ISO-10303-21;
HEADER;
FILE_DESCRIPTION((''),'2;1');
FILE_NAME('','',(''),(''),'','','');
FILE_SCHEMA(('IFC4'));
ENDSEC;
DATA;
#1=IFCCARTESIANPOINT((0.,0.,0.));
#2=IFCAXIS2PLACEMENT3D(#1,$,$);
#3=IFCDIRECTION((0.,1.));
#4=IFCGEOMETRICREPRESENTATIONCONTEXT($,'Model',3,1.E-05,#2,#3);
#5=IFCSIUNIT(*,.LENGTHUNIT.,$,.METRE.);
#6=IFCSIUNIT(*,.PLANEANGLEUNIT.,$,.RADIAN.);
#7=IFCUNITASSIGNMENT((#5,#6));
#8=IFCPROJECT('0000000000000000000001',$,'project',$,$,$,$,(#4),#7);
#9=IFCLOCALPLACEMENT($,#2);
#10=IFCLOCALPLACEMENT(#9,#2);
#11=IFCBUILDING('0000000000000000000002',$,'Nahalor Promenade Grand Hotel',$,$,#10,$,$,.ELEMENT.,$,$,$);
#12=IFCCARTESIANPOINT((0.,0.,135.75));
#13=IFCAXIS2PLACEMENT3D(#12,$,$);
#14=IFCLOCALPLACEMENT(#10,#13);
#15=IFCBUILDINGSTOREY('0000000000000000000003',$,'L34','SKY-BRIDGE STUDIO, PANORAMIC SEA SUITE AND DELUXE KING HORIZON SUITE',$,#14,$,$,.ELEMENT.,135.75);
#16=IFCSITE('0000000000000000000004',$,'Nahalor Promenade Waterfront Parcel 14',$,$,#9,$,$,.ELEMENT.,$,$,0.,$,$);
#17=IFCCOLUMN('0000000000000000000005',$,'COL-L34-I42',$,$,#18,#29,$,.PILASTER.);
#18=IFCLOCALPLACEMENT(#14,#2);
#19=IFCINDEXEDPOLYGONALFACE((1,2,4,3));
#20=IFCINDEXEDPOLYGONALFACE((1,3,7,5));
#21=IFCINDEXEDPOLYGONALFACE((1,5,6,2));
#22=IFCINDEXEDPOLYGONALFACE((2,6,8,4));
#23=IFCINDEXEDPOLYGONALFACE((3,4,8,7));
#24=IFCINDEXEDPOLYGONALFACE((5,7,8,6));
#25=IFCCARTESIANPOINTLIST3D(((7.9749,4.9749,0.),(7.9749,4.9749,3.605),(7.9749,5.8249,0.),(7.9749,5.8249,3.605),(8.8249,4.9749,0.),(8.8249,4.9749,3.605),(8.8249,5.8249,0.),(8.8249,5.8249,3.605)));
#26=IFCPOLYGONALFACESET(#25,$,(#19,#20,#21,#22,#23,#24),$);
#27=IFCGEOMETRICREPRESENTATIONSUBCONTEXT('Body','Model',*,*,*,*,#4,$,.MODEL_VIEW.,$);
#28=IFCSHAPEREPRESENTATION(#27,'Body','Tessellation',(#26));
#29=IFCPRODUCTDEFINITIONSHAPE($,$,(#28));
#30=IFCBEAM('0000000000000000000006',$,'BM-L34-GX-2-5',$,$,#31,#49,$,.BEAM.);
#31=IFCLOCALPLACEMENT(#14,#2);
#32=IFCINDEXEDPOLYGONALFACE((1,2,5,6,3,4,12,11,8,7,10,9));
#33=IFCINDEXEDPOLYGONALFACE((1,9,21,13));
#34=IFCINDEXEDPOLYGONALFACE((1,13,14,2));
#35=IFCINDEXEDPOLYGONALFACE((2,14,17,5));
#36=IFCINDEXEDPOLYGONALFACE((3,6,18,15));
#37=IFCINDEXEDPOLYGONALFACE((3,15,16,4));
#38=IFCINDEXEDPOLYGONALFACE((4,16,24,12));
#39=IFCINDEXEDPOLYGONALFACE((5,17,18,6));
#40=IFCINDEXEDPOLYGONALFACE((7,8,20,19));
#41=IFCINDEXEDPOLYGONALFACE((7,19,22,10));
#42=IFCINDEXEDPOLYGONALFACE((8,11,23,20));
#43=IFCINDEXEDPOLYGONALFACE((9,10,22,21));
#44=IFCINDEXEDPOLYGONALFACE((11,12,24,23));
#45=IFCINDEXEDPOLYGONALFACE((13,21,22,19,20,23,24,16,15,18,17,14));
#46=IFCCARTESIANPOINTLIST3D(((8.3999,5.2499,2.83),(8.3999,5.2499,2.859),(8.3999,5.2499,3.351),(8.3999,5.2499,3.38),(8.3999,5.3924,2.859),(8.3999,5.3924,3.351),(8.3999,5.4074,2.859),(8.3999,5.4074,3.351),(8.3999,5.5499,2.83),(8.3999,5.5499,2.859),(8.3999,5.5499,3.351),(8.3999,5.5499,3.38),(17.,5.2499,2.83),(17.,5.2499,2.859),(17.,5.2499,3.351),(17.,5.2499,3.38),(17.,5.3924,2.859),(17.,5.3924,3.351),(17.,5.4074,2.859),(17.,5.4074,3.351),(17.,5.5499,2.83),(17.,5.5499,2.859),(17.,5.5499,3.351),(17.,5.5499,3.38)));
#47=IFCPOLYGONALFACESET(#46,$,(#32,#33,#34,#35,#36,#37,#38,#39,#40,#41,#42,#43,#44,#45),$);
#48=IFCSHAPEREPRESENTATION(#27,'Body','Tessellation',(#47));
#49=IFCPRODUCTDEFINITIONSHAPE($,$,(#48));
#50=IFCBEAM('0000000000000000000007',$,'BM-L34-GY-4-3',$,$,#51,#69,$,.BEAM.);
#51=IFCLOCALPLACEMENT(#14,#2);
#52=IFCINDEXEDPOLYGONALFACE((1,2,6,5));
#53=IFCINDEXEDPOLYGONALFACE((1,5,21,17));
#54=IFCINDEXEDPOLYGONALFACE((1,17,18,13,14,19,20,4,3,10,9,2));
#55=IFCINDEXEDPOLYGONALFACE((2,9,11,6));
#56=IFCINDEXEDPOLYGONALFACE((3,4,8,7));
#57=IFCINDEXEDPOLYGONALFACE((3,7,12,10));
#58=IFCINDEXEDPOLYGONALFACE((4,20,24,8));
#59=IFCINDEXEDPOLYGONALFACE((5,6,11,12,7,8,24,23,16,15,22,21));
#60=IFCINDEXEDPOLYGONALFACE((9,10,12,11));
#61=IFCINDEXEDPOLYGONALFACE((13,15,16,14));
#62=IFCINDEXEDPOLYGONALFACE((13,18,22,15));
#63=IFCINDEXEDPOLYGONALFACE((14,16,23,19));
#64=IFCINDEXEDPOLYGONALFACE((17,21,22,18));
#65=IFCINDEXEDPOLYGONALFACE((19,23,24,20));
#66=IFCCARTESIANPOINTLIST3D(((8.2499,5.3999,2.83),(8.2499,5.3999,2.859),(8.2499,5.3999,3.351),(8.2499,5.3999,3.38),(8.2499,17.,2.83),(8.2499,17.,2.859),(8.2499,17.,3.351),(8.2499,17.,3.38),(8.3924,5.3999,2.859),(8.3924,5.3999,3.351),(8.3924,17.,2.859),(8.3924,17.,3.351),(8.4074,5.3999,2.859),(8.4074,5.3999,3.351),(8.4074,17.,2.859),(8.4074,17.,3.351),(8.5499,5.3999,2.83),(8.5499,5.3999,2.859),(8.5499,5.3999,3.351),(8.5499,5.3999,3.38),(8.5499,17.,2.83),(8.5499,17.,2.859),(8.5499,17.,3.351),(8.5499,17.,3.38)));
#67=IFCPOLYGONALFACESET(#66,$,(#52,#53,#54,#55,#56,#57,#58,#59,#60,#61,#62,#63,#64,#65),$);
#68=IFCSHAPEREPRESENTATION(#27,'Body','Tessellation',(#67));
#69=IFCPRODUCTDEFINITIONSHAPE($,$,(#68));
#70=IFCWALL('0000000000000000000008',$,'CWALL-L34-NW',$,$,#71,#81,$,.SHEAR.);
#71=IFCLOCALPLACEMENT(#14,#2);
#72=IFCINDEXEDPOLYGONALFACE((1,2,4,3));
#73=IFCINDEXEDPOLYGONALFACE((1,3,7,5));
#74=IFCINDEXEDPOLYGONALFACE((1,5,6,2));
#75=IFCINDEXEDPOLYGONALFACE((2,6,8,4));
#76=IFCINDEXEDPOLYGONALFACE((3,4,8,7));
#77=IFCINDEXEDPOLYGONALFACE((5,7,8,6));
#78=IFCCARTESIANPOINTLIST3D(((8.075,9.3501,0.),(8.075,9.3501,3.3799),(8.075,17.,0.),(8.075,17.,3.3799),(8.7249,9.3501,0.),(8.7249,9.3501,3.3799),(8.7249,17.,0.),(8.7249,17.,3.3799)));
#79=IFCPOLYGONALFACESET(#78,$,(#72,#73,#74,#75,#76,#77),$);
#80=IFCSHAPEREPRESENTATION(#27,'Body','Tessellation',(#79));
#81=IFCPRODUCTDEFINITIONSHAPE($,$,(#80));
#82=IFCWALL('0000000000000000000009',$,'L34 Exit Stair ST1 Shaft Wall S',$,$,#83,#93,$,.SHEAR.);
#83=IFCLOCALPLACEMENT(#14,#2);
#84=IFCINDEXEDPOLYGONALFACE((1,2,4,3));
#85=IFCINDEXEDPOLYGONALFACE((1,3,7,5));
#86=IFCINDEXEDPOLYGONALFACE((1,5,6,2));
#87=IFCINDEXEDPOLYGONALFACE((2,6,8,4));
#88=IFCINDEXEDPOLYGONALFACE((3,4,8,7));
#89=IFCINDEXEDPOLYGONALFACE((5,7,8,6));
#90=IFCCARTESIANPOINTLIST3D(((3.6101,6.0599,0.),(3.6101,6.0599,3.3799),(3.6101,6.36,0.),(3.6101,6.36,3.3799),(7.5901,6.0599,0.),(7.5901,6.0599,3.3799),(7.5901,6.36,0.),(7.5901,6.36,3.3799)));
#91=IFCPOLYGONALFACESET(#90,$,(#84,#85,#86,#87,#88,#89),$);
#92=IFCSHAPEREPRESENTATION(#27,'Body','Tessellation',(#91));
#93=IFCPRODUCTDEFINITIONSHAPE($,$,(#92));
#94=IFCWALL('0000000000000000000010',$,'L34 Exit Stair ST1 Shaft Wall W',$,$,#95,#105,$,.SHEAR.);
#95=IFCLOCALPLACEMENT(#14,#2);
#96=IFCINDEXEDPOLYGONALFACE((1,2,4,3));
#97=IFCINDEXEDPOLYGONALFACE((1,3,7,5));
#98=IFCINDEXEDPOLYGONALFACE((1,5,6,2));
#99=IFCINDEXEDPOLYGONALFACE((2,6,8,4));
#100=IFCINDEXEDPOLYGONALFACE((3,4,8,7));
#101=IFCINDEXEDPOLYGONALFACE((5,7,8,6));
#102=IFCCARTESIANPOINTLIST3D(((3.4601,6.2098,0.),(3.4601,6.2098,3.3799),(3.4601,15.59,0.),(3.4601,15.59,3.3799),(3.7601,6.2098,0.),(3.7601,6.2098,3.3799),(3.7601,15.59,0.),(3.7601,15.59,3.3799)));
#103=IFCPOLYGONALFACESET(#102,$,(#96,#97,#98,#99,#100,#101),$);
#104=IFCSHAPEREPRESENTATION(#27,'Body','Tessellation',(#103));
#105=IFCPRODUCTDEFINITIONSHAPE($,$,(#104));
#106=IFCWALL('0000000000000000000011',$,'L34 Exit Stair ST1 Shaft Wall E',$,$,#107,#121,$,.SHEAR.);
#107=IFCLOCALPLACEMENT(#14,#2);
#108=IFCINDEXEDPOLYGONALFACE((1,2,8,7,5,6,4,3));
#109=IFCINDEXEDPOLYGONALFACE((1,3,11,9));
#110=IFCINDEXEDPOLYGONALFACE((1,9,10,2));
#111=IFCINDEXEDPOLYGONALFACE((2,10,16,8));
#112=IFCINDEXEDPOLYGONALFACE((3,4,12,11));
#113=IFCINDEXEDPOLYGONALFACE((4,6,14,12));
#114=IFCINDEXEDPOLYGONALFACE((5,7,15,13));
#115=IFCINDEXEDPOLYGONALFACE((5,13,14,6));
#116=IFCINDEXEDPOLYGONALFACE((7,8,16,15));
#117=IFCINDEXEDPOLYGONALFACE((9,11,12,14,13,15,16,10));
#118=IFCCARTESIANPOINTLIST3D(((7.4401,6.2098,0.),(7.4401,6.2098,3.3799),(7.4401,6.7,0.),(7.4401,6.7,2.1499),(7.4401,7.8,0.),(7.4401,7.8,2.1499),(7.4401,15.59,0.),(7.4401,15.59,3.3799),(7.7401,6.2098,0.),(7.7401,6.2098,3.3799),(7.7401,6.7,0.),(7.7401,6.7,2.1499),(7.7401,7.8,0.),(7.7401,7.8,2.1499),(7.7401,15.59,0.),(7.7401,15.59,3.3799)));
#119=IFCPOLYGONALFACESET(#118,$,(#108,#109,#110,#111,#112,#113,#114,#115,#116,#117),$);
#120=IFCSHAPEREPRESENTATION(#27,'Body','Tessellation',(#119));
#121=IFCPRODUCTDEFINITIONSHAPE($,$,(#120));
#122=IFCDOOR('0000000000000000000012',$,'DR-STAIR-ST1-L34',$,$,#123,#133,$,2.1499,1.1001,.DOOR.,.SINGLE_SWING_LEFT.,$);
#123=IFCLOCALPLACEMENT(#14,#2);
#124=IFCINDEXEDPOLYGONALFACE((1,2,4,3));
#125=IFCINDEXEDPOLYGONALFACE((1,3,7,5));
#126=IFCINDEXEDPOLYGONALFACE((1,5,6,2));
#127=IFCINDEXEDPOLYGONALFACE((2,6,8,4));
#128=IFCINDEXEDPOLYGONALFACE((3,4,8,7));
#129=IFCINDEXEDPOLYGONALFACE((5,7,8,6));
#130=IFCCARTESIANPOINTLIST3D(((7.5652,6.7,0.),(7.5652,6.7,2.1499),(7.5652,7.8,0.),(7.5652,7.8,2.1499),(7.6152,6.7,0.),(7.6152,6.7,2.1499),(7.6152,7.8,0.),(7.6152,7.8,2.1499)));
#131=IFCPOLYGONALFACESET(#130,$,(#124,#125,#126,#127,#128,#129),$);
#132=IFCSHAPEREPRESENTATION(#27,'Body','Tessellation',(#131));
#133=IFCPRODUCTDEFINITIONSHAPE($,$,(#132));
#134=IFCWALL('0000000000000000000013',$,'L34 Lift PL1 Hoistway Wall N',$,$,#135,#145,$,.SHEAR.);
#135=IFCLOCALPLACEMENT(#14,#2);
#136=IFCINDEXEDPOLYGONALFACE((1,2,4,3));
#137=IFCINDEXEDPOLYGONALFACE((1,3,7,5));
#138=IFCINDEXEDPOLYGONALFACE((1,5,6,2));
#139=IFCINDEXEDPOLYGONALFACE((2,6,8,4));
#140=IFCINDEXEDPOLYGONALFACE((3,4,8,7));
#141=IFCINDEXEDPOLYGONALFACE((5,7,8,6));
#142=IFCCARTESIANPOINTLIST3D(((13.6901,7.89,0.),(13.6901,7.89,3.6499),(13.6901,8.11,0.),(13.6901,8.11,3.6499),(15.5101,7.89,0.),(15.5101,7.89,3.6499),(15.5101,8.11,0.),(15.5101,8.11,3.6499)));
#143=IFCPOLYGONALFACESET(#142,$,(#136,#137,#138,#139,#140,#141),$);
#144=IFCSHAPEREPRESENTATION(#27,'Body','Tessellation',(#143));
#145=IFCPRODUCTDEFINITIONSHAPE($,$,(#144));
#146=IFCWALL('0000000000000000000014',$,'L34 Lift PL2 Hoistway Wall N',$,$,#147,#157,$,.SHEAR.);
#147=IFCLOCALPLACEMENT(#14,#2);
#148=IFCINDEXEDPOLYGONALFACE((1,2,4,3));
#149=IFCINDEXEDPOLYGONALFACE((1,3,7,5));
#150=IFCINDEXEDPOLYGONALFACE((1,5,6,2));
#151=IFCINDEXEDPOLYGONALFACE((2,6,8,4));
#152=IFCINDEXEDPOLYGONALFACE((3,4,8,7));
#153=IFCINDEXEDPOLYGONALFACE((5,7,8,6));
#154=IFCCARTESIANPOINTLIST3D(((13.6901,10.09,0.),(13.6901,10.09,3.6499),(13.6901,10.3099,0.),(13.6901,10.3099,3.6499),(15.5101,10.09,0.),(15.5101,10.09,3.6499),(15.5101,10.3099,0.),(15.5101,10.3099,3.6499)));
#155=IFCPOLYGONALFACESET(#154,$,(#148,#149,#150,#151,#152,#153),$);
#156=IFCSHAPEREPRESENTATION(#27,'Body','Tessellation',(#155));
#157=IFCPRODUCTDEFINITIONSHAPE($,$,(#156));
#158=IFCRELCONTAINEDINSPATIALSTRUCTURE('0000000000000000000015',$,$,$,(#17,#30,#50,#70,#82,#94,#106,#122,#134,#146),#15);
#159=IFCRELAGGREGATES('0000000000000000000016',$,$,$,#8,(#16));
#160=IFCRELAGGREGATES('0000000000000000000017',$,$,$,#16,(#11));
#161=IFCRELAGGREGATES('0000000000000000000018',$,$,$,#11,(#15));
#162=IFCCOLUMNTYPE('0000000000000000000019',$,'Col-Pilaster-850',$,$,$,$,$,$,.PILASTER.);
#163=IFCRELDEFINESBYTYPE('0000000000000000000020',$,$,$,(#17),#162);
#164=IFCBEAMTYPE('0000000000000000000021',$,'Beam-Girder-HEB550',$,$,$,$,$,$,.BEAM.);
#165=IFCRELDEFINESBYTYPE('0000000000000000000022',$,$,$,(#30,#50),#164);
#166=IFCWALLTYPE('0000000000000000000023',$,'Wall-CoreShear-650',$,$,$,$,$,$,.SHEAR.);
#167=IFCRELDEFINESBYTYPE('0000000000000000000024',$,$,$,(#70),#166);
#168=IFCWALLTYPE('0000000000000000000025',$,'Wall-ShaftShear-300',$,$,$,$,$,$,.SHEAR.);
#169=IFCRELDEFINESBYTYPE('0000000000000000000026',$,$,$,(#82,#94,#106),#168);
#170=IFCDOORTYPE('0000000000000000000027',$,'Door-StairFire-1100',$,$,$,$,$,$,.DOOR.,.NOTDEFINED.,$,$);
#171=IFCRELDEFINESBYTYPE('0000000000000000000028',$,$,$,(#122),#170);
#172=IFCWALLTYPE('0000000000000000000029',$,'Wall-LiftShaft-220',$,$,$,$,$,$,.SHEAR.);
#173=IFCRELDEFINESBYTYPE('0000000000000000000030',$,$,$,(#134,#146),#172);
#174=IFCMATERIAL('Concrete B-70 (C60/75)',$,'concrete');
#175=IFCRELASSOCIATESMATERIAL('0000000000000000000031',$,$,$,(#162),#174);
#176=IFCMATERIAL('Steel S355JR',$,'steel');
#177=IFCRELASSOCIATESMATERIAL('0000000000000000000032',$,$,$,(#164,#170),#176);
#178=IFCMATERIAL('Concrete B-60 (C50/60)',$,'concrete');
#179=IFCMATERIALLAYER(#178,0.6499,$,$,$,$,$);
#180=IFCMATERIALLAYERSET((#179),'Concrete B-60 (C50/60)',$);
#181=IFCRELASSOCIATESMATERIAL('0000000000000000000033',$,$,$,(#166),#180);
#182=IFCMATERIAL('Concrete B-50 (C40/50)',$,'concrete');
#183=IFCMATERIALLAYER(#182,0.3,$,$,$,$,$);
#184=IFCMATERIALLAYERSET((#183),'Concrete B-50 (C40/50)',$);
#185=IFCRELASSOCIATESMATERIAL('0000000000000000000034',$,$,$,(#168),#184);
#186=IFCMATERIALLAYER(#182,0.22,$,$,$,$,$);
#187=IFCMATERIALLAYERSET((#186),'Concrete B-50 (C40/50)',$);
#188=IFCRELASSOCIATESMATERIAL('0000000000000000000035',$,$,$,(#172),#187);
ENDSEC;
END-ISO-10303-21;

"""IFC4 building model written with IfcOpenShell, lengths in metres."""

from ifc_helpers import new_model, si_unit, direction, frame, frame_2d, origin, origin_2d, place, context, subcontext, project, spatial, rectangle, i_section, extrude, source, transform, mapped, material, layer, layer_set, material_profile, profile_set, type_object, element, fill, save


model = new_model("IFC4")

# Units and contexts
model_context = context("Model", 3, precision=1e-05, world=origin(), true_north=direction((0.0, 1.0)))
body_context = subcontext(model_context, "Body", "Model", "MODEL_VIEW")
ifc_project = project(units=[si_unit("LENGTHUNIT", "METRE"), si_unit("PLANEANGLEUNIT", "RADIAN")], contexts=[model_context])

# Site, building, storey
site_placement = place(None, origin())
site = spatial("IfcSite", under=ifc_project, at=site_placement, Name="Nahalor Promenade Waterfront Parcel 14", CompositionType="ELEMENT", RefElevation=0.0)
building_placement = place(site_placement, origin())
building = spatial("IfcBuilding", under=site, at=building_placement, Name="Nahalor Promenade Grand Hotel", CompositionType="ELEMENT")
storey_placement = place(building_placement, frame((0.0, 0.0, 135.75)))
storey = spatial("IfcBuildingStorey", under=building, at=storey_placement, Name="L34", Description="SKY-BRIDGE STUDIO, PANORAMIC SEA SUITE AND DELUXE KING HORIZON SUITE", CompositionType="ELEMENT", Elevation=135.75)

# Column
ifc_material_1 = material(Name="Concrete B-70 (C60/75)", Category="concrete")
ifc_material_profile_1 = material_profile(ifc_material_1, rectangle(XDim=0.85, YDim=0.85, at=origin_2d()), Name="RC 850x850")
ifc_profile_set_1 = profile_set([ifc_material_profile_1], Name="Concrete B-70 (C60/75)")
column_type = type_object("IfcColumnType", Name="Col-Pilaster-850", PredefinedType="PILASTER", material=ifc_profile_set_1)
shared_shape_1 = source(origin(), body_context, "Body", "SweptSolid", [
    extrude(rectangle(XDim=0.85, YDim=0.85, at=origin_2d()), origin(), (0.0, 0.0, 1.0), 3.605),
])
column_placement = place(storey_placement, frame((8.3999, 5.3999, 0.0), z_axis=(0.0, 0.0, 1.0), x_axis=(1.0, 0.0, 0.0)))
element("IfcColumn", 1, at=column_placement, inside=storey, type_object=column_type, Name="COL-L34-I42", PredefinedType="PILASTER", context=body_context, shape_type="MappedRepresentation", body=[
    mapped(shared_shape_1, transform((0.0, 0.0, 0.0), scale=1.0)),
])

# Beams
ifc_material_2 = material(Name="Steel S355JR", Category="steel")
ifc_material_profile_2 = material_profile(ifc_material_2, i_section(OverallWidth=0.3, OverallDepth=0.55, WebThickness=0.015, FlangeThickness=0.029, at=origin_2d()), Name="HEB 550")
ifc_profile_set_2 = profile_set([ifc_material_profile_2], Name="Steel S355JR")
beam_type = type_object("IfcBeamType", Name="Beam-Girder-HEB550", PredefinedType="BEAM", material=ifc_profile_set_2)
shared_shape_2 = source(origin(), body_context, "Body", "SweptSolid", [
    extrude(i_section(OverallWidth=0.3, OverallDepth=0.55, WebThickness=0.015, FlangeThickness=0.029, at=origin_2d()), origin(), (0.0, 0.0, 1.0), 8.6001),
])
beam_1_placement = place(storey_placement, frame((8.3999, 5.3999, 3.105), z_axis=(1.0, 0.0, 0.0), x_axis=(0.0, 1.0, 0.0)))
element("IfcBeam", 2, at=beam_1_placement, inside=storey, type_object=beam_type, Name="BM-L34-GX-2-5", PredefinedType="BEAM", context=body_context, shape_type="MappedRepresentation", body=[
    mapped(shared_shape_2, transform((0.0, 0.0, 0.0), scale=1.0)),
])
shared_shape_3 = source(origin(), body_context, "Body", "SweptSolid", [
    extrude(i_section(OverallWidth=0.3, OverallDepth=0.55, WebThickness=0.015, FlangeThickness=0.029, at=origin_2d()), origin(), (0.0, 0.0, 1.0), 11.6001),
])
beam_2_placement = place(storey_placement, frame((8.3999, 5.3999, 3.105), z_axis=(0.0, 1.0, 0.0), x_axis=(-1.0, 0.0, 0.0)))
element("IfcBeam", 3, at=beam_2_placement, inside=storey, type_object=beam_type, Name="BM-L34-GY-4-3", PredefinedType="BEAM", context=body_context, shape_type="MappedRepresentation", body=[
    mapped(shared_shape_3, transform((0.0, 0.0, 0.0), scale=1.0)),
])

# Walls
ifc_material_3 = material(Name="Concrete B-60 (C50/60)", Category="concrete")
ifc_layer_1 = layer(ifc_material_3, 0.6499)
ifc_layer_set_1 = layer_set([ifc_layer_1], Name="Concrete B-60 (C50/60)")
wall_type_1 = type_object("IfcWallType", Name="Wall-CoreShear-650", PredefinedType="SHEAR", material=ifc_layer_set_1)
shared_shape_4 = source(origin(), body_context, "Body", "SweptSolid", [
    extrude(rectangle(XDim=7.6499, YDim=0.6499, at=frame_2d((3.825, 0.0))), origin(), (0.0, 0.0, 1.0), 3.3799),
])
wall_1_placement = place(storey_placement, frame((8.3999, 9.3501, 0.0), z_axis=(0.0, 0.0, 1.0), x_axis=(0.0, 1.0, 0.0)))
element("IfcWall", 4, at=wall_1_placement, inside=storey, type_object=wall_type_1, Name="CWALL-L34-NW", PredefinedType="SHEAR", context=body_context, shape_type="MappedRepresentation", body=[
    mapped(shared_shape_4, transform((0.0, 0.0, 0.0), scale=1.0)),
])
ifc_material_4 = material(Name="Concrete B-50 (C40/50)", Category="concrete")
ifc_layer_2 = layer(ifc_material_4, 0.3)
ifc_layer_set_2 = layer_set([ifc_layer_2], Name="Concrete B-50 (C40/50)")
wall_type_2 = type_object("IfcWallType", Name="Wall-ShaftShear-300", PredefinedType="SHEAR", material=ifc_layer_set_2)
shared_shape_5 = source(origin(), body_context, "Body", "SweptSolid", [
    extrude(rectangle(XDim=3.98, YDim=0.3, at=frame_2d((1.99, 0.0))), origin(), (0.0, 0.0, 1.0), 3.3799),
])
wall_2_placement = place(storey_placement, frame((3.6101, 6.21, 0.0), z_axis=(0.0, 0.0, 1.0), x_axis=(1.0, 0.0, 0.0)))
element("IfcWall", 5, at=wall_2_placement, inside=storey, type_object=wall_type_2, Name="L34 Exit Stair ST1 Shaft Wall S", PredefinedType="SHEAR", context=body_context, shape_type="MappedRepresentation", body=[
    mapped(shared_shape_5, transform((0.0, 0.0, 0.0), scale=1.0)),
])
shared_shape_6 = source(origin(), body_context, "Body", "SweptSolid", [
    extrude(rectangle(XDim=9.3801, YDim=0.3, at=frame_2d((4.6899, 0.0))), origin(), (0.0, 0.0, 1.0), 3.3799),
])
wall_3_placement = place(storey_placement, frame((3.6101, 6.21, 0.0), z_axis=(0.0, 0.0, 1.0), x_axis=(0.0, 1.0, 0.0)))
element("IfcWall", 6, at=wall_3_placement, inside=storey, type_object=wall_type_2, Name="L34 Exit Stair ST1 Shaft Wall W", PredefinedType="SHEAR", context=body_context, shape_type="MappedRepresentation", body=[
    mapped(shared_shape_6, transform((0.0, 0.0, 0.0), scale=1.0)),
])

# Wall, opening, door
wall_4_placement = place(storey_placement, frame((7.5901, 6.21, 0.0), z_axis=(0.0, 0.0, 1.0), x_axis=(0.0, 1.0, 0.0)))
wall_4 = element("IfcWall", 7, at=wall_4_placement, inside=storey, type_object=wall_type_2, Name="L34 Exit Stair ST1 Shaft Wall E", PredefinedType="SHEAR", context=body_context, shape_type="MappedRepresentation", body=[
    mapped(shared_shape_6, transform((0.0, 0.0, 0.0), scale=1.0)),
])
opening_1_placement = place(wall_4_placement, frame((0.49, 0.0, 0.0)))
opening_1 = element("IfcOpeningElement", 8, at=opening_1_placement, cuts=wall_4, PredefinedType="OPENING", context=body_context, shape_type="SweptSolid", body=[
    extrude(rectangle(XDim=1.1001, YDim=2.1499, at=frame_2d((0.55, 1.075))), frame((0.0, 0.1599, 0.0), z_axis=(0.0, -1.0, 0.0), x_axis=(1.0, 0.0, 0.0)), (0.0, 0.0, 1.0), 0.3201),
])
door_type_1 = type_object("IfcDoorType", Name="Door-StairFire-1100", OperationType="NOTDEFINED", PredefinedType="DOOR", material=ifc_material_2)
shared_shape_7 = source(origin(), body_context, "Body", "SweptSolid", [
    extrude(rectangle(XDim=1.1001, YDim=2.1499, at=frame_2d((0.55, 1.075))), frame((0.0, 0.0249, 0.0), z_axis=(0.0, -1.0, 0.0), x_axis=(1.0, 0.0, 0.0)), (0.0, 0.0, 1.0), 0.05),
])
door_1_placement = place(opening_1_placement, origin())
door_1 = element("IfcDoor", 9, at=door_1_placement, inside=storey, type_object=door_type_1, Name="DR-STAIR-ST1-L34", OperationType="SINGLE_SWING_LEFT", OverallHeight=2.1499, OverallWidth=1.1001, PredefinedType="DOOR", context=body_context, shape_type="MappedRepresentation", body=[
    mapped(shared_shape_7, transform((0.0, 0.0, 0.0), scale=1.0)),
])
fill(opening_1, door_1)

# Walls
ifc_layer_3 = layer(ifc_material_4, 0.22)
ifc_layer_set_3 = layer_set([ifc_layer_3], Name="Concrete B-50 (C40/50)")
wall_type_3 = type_object("IfcWallType", Name="Wall-LiftShaft-220", PredefinedType="SHEAR", material=ifc_layer_set_3)
shared_shape_8 = source(origin(), body_context, "Body", "SweptSolid", [
    extrude(rectangle(XDim=1.8201, YDim=0.22, at=frame_2d((0.9102, 0.0))), origin(), (0.0, 0.0, 1.0), 3.6499),
])
for number, where, z_axis, x_axis, name in (
    (10, (13.6899, 8.0, 0.0), (0.0, 0.0, 1.0), (1.0, 0.0, 0.0), "L34 Lift PL1 Hoistway Wall N"),
    (11, (13.6899, 10.2, 0.0), (0.0, 0.0, 1.0), (1.0, 0.0, 0.0), "L34 Lift PL2 Hoistway Wall N"),
):
    element("IfcWall", number, at=place(storey_placement, frame(where, z_axis=z_axis, x_axis=x_axis)), inside=storey, type_object=wall_type_3, Name=name, PredefinedType="SHEAR", context=body_context, shape_type="MappedRepresentation", body=[
        mapped(shared_shape_8, transform((0.0, 0.0, 0.0), scale=1.0)),
    ])

save(model, "model.ifc")
